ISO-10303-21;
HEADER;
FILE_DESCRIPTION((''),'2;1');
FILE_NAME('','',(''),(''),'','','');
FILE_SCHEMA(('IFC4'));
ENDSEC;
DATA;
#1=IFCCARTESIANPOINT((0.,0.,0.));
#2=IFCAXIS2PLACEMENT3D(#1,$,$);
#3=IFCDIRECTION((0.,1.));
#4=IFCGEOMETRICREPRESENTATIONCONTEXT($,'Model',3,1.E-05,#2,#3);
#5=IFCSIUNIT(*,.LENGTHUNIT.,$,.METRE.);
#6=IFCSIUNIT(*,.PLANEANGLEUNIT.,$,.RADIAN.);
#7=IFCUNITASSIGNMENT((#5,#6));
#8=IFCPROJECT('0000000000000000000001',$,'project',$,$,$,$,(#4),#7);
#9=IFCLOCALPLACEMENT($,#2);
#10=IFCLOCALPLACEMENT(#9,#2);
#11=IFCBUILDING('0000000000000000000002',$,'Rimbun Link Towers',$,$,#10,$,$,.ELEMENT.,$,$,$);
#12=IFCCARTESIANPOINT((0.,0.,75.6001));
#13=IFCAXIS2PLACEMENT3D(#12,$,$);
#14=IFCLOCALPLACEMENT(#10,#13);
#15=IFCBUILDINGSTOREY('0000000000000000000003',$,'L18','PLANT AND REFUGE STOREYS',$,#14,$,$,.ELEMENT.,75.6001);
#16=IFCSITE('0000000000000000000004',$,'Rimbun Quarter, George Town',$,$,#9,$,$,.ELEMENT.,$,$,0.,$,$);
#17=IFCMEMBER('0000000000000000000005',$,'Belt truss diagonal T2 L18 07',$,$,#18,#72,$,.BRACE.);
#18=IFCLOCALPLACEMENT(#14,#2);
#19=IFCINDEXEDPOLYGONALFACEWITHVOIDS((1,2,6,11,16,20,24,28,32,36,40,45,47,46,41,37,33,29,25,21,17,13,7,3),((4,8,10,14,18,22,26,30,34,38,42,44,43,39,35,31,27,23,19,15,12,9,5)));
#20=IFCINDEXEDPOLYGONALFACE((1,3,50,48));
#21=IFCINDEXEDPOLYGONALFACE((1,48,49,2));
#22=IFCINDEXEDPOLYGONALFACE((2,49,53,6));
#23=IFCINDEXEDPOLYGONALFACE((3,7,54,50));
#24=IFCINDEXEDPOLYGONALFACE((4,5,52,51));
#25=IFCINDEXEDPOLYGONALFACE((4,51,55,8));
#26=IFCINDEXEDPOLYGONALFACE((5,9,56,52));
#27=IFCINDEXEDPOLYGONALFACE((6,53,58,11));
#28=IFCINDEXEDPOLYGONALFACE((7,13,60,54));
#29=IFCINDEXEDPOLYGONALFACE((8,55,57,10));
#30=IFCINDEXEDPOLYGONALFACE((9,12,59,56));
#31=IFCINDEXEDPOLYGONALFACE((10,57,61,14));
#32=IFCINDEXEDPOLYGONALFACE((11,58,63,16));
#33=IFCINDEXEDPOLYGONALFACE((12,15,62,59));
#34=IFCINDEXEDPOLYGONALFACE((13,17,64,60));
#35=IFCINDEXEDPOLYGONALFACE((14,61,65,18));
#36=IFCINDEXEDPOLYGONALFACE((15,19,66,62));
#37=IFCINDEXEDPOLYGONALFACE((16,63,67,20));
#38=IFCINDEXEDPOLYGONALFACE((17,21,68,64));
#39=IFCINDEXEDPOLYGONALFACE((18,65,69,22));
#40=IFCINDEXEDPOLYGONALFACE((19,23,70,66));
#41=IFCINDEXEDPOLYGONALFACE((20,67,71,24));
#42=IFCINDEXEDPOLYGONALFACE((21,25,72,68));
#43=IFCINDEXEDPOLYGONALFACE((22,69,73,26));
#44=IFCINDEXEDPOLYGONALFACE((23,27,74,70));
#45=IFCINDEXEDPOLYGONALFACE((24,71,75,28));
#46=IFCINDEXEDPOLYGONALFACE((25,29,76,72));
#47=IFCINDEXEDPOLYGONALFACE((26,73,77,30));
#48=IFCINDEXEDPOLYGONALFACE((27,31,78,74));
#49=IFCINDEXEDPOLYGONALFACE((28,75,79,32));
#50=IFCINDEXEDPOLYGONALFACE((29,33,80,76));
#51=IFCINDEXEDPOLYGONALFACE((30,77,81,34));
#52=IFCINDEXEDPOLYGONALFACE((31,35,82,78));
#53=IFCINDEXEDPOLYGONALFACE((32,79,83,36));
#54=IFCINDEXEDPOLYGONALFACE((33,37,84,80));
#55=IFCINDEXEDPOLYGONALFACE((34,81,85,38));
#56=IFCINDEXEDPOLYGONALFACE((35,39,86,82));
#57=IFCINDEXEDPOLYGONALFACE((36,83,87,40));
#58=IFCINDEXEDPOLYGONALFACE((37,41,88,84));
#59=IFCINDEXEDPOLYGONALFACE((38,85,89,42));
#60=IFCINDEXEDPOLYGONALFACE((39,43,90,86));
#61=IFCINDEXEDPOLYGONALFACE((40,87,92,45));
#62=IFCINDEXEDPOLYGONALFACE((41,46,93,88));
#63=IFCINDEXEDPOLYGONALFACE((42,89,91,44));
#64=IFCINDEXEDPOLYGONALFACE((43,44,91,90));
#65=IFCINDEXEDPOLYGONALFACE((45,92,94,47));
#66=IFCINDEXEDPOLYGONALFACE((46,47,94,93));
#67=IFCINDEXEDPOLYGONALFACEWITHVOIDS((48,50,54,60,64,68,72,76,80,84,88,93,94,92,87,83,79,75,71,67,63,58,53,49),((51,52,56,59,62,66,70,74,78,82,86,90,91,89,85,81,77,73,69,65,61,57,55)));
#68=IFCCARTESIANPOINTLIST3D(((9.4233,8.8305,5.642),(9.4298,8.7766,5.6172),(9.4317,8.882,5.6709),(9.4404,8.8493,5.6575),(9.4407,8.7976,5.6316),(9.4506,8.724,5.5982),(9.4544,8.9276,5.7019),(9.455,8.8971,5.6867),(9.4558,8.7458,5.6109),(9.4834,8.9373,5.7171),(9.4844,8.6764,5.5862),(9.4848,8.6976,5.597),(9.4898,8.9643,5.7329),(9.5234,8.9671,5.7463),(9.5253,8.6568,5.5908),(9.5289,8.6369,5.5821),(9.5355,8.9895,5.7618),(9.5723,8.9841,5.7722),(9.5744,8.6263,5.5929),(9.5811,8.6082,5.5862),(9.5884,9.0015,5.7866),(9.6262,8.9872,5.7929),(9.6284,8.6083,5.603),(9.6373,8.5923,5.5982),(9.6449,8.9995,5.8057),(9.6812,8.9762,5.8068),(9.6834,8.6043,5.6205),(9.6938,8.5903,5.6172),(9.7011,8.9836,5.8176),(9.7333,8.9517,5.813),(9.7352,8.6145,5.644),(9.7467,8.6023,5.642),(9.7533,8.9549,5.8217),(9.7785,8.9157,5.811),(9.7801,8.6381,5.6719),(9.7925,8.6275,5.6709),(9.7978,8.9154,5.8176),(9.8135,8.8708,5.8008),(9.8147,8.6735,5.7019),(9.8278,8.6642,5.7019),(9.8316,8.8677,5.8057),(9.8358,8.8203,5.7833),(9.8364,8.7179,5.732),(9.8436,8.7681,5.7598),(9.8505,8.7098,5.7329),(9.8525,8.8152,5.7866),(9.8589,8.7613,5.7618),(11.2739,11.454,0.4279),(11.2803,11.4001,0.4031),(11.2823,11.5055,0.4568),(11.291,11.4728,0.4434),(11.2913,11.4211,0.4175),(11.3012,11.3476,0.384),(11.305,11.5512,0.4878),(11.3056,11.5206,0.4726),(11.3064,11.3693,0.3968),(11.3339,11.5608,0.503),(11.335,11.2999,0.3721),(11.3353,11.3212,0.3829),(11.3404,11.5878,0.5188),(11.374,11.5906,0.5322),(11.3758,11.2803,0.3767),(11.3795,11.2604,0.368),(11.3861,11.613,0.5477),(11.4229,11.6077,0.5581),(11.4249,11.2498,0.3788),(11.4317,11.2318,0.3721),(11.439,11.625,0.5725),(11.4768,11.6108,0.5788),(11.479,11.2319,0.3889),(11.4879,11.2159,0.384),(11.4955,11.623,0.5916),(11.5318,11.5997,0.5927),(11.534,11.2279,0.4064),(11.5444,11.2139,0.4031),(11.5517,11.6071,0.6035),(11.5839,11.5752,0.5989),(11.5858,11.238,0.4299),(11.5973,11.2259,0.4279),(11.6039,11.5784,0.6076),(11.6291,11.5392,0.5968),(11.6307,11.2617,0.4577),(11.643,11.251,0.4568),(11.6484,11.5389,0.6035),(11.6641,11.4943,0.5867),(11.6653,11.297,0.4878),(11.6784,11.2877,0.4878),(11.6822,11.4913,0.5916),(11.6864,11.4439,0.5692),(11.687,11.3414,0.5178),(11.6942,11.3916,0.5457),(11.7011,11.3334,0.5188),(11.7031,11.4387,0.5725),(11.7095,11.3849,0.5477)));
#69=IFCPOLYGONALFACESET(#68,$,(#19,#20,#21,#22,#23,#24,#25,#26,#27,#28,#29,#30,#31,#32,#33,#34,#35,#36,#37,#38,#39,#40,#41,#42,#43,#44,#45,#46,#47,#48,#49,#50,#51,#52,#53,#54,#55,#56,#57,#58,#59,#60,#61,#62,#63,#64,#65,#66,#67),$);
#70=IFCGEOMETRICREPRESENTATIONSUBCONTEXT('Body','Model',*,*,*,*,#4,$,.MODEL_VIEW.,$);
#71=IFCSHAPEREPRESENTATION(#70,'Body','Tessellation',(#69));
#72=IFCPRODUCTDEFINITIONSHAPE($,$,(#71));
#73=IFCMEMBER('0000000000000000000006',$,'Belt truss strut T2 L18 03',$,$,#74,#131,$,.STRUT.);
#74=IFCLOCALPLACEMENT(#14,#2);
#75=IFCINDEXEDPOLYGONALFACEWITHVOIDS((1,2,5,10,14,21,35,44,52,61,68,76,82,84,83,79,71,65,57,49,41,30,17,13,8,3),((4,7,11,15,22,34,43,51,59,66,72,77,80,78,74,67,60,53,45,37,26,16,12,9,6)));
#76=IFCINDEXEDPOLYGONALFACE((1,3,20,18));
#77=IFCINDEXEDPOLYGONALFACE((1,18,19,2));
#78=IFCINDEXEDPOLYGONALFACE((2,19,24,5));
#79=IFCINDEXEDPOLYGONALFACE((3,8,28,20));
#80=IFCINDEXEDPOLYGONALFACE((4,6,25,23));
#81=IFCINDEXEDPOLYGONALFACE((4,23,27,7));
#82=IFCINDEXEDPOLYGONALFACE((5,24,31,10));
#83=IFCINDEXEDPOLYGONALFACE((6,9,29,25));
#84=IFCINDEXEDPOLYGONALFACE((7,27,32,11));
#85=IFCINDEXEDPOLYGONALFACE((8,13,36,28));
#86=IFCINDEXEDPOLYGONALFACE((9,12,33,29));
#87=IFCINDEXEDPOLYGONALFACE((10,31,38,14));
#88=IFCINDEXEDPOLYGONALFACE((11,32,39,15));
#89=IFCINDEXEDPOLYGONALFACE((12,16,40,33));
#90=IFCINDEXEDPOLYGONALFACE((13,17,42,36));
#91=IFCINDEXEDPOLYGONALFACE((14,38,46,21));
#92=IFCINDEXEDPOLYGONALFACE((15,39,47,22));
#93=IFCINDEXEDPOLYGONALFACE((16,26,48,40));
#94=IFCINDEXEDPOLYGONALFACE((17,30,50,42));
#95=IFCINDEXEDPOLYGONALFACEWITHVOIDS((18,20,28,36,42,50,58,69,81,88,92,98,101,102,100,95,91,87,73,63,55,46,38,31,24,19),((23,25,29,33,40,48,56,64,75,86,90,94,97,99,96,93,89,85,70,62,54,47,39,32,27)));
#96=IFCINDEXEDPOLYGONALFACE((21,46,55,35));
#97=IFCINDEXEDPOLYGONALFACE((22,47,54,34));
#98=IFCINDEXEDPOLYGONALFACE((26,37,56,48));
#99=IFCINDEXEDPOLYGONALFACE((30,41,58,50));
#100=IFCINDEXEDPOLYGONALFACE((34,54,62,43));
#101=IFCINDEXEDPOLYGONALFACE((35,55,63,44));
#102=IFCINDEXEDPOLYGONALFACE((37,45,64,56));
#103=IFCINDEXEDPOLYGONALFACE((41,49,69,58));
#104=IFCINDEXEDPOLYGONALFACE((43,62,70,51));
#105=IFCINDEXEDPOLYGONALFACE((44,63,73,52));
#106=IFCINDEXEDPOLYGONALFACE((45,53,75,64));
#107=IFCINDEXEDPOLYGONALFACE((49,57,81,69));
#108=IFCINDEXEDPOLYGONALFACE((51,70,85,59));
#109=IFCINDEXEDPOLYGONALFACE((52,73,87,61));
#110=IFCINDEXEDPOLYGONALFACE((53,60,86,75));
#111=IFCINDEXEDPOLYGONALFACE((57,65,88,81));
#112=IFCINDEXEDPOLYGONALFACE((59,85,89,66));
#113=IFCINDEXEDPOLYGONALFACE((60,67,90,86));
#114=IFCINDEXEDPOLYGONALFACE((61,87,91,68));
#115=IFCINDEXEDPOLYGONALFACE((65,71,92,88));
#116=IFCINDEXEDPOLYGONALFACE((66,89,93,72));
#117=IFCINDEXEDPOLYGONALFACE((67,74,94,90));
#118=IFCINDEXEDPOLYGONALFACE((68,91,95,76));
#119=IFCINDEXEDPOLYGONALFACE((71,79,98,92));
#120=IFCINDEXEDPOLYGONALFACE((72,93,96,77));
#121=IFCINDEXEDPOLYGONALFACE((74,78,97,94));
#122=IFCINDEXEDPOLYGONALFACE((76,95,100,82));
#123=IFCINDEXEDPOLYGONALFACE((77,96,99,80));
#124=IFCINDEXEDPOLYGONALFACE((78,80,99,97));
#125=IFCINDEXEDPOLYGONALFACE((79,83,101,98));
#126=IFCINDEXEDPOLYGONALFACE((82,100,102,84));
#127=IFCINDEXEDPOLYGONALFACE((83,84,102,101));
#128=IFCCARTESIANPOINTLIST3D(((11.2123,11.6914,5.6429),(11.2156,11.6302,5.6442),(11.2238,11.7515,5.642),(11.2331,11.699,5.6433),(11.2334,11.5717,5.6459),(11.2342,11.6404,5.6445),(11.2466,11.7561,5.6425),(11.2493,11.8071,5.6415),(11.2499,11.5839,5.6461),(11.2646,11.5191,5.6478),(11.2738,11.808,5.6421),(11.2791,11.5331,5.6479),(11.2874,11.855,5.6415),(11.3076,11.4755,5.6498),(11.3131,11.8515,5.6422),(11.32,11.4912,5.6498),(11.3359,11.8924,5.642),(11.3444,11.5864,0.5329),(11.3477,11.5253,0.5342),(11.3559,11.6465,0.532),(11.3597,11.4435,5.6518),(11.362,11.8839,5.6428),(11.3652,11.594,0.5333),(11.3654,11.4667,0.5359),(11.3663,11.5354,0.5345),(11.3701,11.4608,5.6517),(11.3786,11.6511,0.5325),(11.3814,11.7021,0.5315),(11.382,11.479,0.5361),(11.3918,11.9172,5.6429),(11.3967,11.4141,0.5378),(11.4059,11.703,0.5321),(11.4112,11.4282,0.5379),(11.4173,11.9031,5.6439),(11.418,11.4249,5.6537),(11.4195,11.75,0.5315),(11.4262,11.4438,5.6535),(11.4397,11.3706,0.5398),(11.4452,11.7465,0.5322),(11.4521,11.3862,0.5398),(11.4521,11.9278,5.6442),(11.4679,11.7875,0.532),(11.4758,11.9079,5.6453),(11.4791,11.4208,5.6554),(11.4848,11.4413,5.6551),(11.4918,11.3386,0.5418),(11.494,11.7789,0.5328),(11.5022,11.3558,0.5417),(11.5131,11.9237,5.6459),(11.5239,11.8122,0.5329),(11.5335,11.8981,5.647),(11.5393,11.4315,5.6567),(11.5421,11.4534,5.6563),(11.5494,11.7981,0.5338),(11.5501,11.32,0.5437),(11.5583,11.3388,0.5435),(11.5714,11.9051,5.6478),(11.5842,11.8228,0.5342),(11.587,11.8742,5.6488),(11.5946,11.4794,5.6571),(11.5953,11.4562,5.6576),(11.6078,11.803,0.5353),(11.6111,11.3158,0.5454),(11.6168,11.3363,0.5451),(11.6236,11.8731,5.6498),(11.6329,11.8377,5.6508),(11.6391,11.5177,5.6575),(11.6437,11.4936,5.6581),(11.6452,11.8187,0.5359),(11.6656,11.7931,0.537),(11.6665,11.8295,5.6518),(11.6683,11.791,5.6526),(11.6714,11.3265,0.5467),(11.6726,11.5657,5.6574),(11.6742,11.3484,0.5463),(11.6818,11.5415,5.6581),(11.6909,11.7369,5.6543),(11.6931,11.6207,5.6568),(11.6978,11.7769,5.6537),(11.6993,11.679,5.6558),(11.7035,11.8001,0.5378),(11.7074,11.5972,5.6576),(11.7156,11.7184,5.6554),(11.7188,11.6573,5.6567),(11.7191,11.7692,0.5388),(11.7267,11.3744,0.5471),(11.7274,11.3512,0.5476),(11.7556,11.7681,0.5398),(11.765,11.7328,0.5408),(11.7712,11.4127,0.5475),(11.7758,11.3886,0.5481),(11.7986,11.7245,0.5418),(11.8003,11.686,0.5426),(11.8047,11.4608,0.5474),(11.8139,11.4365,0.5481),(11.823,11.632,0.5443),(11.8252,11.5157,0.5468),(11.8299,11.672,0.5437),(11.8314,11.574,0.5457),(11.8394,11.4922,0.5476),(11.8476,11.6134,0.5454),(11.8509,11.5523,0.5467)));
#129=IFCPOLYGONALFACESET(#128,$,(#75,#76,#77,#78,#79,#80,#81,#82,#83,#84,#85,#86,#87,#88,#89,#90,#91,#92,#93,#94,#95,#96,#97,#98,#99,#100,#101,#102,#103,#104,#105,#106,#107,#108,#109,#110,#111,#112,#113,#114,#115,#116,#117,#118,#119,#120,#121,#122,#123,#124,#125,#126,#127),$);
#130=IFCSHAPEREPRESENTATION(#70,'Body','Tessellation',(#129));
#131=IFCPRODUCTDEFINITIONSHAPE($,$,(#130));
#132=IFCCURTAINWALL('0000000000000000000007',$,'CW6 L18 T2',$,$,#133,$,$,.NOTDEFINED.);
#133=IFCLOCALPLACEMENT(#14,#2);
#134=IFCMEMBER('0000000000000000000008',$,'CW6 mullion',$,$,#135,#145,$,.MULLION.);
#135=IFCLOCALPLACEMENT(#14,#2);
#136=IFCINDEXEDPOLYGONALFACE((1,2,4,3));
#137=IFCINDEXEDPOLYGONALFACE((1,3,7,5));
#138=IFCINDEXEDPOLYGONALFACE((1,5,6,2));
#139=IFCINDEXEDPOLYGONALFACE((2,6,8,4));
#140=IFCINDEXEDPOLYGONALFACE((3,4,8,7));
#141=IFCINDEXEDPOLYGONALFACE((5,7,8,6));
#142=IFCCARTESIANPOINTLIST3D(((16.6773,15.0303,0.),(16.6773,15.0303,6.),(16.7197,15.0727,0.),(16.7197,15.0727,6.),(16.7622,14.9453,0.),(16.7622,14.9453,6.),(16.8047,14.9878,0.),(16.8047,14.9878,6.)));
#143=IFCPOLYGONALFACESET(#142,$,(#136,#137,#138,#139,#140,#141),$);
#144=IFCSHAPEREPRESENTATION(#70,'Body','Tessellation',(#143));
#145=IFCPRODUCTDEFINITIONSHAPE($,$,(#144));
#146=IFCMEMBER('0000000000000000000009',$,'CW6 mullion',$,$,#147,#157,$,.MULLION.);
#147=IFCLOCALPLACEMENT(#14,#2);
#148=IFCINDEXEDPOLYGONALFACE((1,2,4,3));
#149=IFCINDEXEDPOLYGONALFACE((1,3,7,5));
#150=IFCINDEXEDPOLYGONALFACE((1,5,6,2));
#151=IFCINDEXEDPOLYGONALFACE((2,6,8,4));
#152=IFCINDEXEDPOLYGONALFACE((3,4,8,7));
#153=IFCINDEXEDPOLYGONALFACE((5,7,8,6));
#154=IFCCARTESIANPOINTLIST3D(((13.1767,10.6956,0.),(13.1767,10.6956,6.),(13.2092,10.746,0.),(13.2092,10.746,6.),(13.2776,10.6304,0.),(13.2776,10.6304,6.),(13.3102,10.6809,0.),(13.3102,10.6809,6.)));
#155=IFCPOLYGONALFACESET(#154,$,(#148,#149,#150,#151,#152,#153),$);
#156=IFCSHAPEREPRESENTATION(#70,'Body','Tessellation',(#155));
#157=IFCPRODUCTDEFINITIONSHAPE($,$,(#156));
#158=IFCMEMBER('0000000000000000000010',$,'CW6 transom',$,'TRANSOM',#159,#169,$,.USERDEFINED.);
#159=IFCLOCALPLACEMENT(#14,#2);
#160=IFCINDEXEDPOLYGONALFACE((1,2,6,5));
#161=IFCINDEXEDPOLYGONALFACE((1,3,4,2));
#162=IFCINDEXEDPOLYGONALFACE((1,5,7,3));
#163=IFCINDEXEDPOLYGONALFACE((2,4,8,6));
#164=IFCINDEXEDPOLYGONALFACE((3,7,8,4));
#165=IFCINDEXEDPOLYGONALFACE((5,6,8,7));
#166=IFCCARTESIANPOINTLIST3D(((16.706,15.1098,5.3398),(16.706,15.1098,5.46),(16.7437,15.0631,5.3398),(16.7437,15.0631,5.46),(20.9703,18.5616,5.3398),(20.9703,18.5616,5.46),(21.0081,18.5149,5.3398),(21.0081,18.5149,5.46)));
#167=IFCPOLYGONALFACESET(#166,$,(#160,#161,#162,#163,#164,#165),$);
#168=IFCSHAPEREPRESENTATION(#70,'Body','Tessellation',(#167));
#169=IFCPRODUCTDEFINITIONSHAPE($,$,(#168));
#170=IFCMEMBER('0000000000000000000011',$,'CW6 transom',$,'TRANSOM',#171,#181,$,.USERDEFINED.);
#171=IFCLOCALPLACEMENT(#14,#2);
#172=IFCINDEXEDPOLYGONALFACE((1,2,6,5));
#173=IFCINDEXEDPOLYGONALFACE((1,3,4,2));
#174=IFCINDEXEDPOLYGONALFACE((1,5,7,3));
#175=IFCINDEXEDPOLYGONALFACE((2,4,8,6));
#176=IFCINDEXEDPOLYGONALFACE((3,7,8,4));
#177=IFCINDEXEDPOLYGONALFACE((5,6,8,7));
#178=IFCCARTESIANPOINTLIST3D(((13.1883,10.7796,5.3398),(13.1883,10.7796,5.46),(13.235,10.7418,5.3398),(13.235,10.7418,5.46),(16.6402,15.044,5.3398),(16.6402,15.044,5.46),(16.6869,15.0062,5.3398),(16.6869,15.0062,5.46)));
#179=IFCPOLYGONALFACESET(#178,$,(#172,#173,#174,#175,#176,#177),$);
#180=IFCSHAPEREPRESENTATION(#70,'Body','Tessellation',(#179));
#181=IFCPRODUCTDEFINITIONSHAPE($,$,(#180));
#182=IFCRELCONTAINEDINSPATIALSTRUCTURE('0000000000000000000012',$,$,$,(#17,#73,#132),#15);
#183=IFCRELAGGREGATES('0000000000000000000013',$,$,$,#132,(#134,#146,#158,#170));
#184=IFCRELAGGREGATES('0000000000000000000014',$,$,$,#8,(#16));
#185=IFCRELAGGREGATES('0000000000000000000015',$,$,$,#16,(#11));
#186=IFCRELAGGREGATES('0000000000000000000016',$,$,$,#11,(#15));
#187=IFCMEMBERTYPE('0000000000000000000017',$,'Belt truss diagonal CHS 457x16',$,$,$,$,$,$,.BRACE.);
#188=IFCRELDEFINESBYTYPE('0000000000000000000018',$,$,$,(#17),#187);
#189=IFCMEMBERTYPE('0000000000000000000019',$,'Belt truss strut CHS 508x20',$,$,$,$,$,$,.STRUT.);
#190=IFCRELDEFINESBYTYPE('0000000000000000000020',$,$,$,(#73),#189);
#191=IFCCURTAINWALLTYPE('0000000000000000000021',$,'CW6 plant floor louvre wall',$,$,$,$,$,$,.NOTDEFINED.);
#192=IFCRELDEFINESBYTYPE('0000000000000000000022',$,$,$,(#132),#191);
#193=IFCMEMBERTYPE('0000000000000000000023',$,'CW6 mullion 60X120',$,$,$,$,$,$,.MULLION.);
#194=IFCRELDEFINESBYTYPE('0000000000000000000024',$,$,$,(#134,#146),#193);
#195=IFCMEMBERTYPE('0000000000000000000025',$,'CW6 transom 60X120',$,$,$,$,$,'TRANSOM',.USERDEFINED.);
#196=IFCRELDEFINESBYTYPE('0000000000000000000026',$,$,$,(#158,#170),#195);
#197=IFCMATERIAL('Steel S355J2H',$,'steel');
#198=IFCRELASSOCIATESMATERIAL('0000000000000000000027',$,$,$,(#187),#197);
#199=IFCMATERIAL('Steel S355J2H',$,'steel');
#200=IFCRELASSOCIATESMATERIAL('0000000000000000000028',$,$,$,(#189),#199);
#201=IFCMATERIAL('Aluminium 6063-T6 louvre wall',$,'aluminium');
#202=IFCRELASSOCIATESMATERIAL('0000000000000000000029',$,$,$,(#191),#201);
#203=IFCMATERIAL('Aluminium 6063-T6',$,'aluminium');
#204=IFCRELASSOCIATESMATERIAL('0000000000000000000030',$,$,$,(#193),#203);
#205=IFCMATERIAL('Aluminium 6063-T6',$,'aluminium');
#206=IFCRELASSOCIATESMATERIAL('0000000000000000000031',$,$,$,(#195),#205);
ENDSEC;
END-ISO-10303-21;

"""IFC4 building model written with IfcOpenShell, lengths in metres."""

from ifc_helpers import new_model, si_unit, direction, frame, origin, origin_2d, place, context, subcontext, project, spatial, rectangle, hollow_circle, extrude, material, material_profile, profile_set, type_object, element, aggregate, save


model = new_model("IFC4")

# Units and contexts
model_context = context("Model", 3, precision=1e-05, world=origin(), true_north=direction((0.0, 1.0)))
body_context = subcontext(model_context, "Body", "Model", "MODEL_VIEW")
ifc_project = project(units=[si_unit("LENGTHUNIT", "METRE"), si_unit("PLANEANGLEUNIT", "RADIAN")], contexts=[model_context])

# Site, building, storey
site_placement = place(None, origin())
site = spatial("IfcSite", under=ifc_project, at=site_placement, Name="Rimbun Quarter, George Town", CompositionType="ELEMENT", RefElevation=0.0)
building_placement = place(site_placement, origin())
building = spatial("IfcBuilding", under=site, at=building_placement, Name="Rimbun Link Towers", CompositionType="ELEMENT")
storey_placement = place(building_placement, frame((0.0, 0.0, 75.6001)))
storey = spatial("IfcBuildingStorey", under=building, at=storey_placement, Name="L18", Description="PLANT AND REFUGE STOREYS", CompositionType="ELEMENT", Elevation=75.6001)

# Members
ifc_material_1 = material(Name="Steel S355J2H", Category="steel")
ifc_material_profile_1 = material_profile(ifc_material_1, hollow_circle(Radius=0.2285, WallThickness=0.0161, at=origin_2d()), Name="Belt truss diagonal CHS 457x16")
ifc_profile_set_1 = profile_set([ifc_material_profile_1], Name="Steel S355J2H")
member_type_1 = type_object("IfcMemberType", Name="Belt truss diagonal CHS 457x16", PredefinedType="BRACE", material=ifc_profile_set_1)
member_1_placement = place(storey_placement, frame((11.4917, 11.4194, 0.4878), z_axis=(-0.302221, -0.428453, 0.851523), x_axis=(0.817162, -0.576408, 0.0)))
element("IfcMember", 1, at=member_1_placement, inside=storey, type_object=member_type_1, Name="Belt truss diagonal T2 L18 07", PredefinedType="BRACE", context=body_context, shape_type="SweptSolid", body=[
    extrude(hollow_circle(Radius=0.2285, WallThickness=0.0161, at=origin_2d()), origin(), (0.0, 0.0, 1.0), 6.1233),
])
ifc_material_2 = material(Name="Steel S355J2H", Category="steel")
ifc_material_profile_2 = material_profile(ifc_material_2, hollow_circle(Radius=0.2539, WallThickness=0.02, at=origin_2d()), Name="Belt truss strut CHS 508x20")
ifc_profile_set_2 = profile_set([ifc_material_profile_2], Name="Steel S355J2H")
member_type_2 = type_object("IfcMemberType", Name="Belt truss strut CHS 508x20", PredefinedType="STRUT", material=ifc_profile_set_2)
member_2_placement = place(storey_placement, frame((11.5977, 11.5693, 0.5398), z_axis=(-0.025833, 0.020533, 0.999455), x_axis=(-0.622221, -0.782841, 0.0)))
element("IfcMember", 2, at=member_2_placement, inside=storey, type_object=member_type_2, Name="Belt truss strut T2 L18 03", PredefinedType="STRUT", context=body_context, shape_type="SweptSolid", body=[
    extrude(hollow_circle(Radius=0.2539, WallThickness=0.02, at=origin_2d()), origin(), (0.0, 0.0, 1.0), 5.1128),
])

# Curtain wall, members
ifc_material_3 = material(Name="Aluminium 6063-T6 louvre wall", Category="aluminium")
curtain_wall_type = type_object("IfcCurtainWallType", Name="CW6 plant floor louvre wall", PredefinedType="NOTDEFINED", material=ifc_material_3)
curtain_wall_placement = place(storey_placement, origin())
curtain_wall = element("IfcCurtainWall", 3, at=curtain_wall_placement, inside=storey, type_object=curtain_wall_type, Name="CW6 L18 T2", PredefinedType="NOTDEFINED")
ifc_material_4 = material(Name="Aluminium 6063-T6", Category="aluminium")
ifc_material_profile_3 = material_profile(ifc_material_4, rectangle(XDim=0.1201, YDim=0.0601, at=origin_2d()), Name="MULLION 60X120")
ifc_profile_set_3 = profile_set([ifc_material_profile_3], Name="Aluminium 6063-T6")
member_type_3 = type_object("IfcMemberType", Name="CW6 mullion 60X120", PredefinedType="MULLION", material=ifc_profile_set_3)
member_3_placement = place(storey_placement, frame((16.741, 15.009, 0.0), z_axis=(0.0, 0.0, 1.0), x_axis=(-0.707107, 0.707107, 0.0)))
member_3 = element("IfcMember", 4, at=member_3_placement, type_object=member_type_3, Name="CW6 mullion", PredefinedType="MULLION", context=body_context, shape_type="SweptSolid", body=[
    extrude(rectangle(XDim=0.1201, YDim=0.0601, at=origin_2d()), origin(), (0.0, 0.0, 1.0), 6.0),
])
member_4_placement = place(storey_placement, frame((13.2434, 10.6882, 0.0), z_axis=(0.0, 0.0, 1.0), x_axis=(-0.84031, 0.542106, 0.0)))
member_4 = element("IfcMember", 5, at=member_4_placement, type_object=member_type_3, Name="CW6 mullion", PredefinedType="MULLION", context=body_context, shape_type="SweptSolid", body=[
    extrude(rectangle(XDim=0.1201, YDim=0.0601, at=origin_2d()), origin(), (0.0, 0.0, 1.0), 6.0),
])
ifc_material_5 = material(Name="Aluminium 6063-T6", Category="aluminium")
ifc_material_profile_4 = material_profile(ifc_material_5, rectangle(XDim=0.0601, YDim=0.1201, at=origin_2d()), Name="TRANSOM 60X120")
ifc_profile_set_4 = profile_set([ifc_material_profile_4], Name="Aluminium 6063-T6")
member_type_4 = type_object("IfcMemberType", Name="CW6 transom 60X120", ElementType="TRANSOM", PredefinedType="USERDEFINED", material=ifc_profile_set_4)
member_5_placement = place(storey_placement, frame((16.7249, 15.0864, 5.3999), z_axis=(0.777266, 0.629173, 0.0), x_axis=(-0.629173, 0.777266, 0.0)))
member_5 = element("IfcMember", 6, at=member_5_placement, type_object=member_type_4, Name="CW6 transom", ObjectType="TRANSOM", PredefinedType="USERDEFINED", context=body_context, shape_type="SweptSolid", body=[
    extrude(rectangle(XDim=0.0601, YDim=0.1201, at=origin_2d()), origin(), (0.0, 0.0, 1.0), 5.4863),
])
member_6_placement = place(storey_placement, frame((13.2117, 10.7607, 5.3999), z_axis=(0.629173, 0.777266, 0.0), x_axis=(-0.777266, 0.629173, 0.0)))
member_6 = element("IfcMember", 7, at=member_6_placement, type_object=member_type_4, Name="CW6 transom", ObjectType="TRANSOM", PredefinedType="USERDEFINED", context=body_context, shape_type="SweptSolid", body=[
    extrude(rectangle(XDim=0.0601, YDim=0.1201, at=origin_2d()), origin(), (0.0, 0.0, 1.0), 5.4863),
])

aggregate(curtain_wall, [member_3, member_4, member_5, member_6])

save(model, "model.ifc")
